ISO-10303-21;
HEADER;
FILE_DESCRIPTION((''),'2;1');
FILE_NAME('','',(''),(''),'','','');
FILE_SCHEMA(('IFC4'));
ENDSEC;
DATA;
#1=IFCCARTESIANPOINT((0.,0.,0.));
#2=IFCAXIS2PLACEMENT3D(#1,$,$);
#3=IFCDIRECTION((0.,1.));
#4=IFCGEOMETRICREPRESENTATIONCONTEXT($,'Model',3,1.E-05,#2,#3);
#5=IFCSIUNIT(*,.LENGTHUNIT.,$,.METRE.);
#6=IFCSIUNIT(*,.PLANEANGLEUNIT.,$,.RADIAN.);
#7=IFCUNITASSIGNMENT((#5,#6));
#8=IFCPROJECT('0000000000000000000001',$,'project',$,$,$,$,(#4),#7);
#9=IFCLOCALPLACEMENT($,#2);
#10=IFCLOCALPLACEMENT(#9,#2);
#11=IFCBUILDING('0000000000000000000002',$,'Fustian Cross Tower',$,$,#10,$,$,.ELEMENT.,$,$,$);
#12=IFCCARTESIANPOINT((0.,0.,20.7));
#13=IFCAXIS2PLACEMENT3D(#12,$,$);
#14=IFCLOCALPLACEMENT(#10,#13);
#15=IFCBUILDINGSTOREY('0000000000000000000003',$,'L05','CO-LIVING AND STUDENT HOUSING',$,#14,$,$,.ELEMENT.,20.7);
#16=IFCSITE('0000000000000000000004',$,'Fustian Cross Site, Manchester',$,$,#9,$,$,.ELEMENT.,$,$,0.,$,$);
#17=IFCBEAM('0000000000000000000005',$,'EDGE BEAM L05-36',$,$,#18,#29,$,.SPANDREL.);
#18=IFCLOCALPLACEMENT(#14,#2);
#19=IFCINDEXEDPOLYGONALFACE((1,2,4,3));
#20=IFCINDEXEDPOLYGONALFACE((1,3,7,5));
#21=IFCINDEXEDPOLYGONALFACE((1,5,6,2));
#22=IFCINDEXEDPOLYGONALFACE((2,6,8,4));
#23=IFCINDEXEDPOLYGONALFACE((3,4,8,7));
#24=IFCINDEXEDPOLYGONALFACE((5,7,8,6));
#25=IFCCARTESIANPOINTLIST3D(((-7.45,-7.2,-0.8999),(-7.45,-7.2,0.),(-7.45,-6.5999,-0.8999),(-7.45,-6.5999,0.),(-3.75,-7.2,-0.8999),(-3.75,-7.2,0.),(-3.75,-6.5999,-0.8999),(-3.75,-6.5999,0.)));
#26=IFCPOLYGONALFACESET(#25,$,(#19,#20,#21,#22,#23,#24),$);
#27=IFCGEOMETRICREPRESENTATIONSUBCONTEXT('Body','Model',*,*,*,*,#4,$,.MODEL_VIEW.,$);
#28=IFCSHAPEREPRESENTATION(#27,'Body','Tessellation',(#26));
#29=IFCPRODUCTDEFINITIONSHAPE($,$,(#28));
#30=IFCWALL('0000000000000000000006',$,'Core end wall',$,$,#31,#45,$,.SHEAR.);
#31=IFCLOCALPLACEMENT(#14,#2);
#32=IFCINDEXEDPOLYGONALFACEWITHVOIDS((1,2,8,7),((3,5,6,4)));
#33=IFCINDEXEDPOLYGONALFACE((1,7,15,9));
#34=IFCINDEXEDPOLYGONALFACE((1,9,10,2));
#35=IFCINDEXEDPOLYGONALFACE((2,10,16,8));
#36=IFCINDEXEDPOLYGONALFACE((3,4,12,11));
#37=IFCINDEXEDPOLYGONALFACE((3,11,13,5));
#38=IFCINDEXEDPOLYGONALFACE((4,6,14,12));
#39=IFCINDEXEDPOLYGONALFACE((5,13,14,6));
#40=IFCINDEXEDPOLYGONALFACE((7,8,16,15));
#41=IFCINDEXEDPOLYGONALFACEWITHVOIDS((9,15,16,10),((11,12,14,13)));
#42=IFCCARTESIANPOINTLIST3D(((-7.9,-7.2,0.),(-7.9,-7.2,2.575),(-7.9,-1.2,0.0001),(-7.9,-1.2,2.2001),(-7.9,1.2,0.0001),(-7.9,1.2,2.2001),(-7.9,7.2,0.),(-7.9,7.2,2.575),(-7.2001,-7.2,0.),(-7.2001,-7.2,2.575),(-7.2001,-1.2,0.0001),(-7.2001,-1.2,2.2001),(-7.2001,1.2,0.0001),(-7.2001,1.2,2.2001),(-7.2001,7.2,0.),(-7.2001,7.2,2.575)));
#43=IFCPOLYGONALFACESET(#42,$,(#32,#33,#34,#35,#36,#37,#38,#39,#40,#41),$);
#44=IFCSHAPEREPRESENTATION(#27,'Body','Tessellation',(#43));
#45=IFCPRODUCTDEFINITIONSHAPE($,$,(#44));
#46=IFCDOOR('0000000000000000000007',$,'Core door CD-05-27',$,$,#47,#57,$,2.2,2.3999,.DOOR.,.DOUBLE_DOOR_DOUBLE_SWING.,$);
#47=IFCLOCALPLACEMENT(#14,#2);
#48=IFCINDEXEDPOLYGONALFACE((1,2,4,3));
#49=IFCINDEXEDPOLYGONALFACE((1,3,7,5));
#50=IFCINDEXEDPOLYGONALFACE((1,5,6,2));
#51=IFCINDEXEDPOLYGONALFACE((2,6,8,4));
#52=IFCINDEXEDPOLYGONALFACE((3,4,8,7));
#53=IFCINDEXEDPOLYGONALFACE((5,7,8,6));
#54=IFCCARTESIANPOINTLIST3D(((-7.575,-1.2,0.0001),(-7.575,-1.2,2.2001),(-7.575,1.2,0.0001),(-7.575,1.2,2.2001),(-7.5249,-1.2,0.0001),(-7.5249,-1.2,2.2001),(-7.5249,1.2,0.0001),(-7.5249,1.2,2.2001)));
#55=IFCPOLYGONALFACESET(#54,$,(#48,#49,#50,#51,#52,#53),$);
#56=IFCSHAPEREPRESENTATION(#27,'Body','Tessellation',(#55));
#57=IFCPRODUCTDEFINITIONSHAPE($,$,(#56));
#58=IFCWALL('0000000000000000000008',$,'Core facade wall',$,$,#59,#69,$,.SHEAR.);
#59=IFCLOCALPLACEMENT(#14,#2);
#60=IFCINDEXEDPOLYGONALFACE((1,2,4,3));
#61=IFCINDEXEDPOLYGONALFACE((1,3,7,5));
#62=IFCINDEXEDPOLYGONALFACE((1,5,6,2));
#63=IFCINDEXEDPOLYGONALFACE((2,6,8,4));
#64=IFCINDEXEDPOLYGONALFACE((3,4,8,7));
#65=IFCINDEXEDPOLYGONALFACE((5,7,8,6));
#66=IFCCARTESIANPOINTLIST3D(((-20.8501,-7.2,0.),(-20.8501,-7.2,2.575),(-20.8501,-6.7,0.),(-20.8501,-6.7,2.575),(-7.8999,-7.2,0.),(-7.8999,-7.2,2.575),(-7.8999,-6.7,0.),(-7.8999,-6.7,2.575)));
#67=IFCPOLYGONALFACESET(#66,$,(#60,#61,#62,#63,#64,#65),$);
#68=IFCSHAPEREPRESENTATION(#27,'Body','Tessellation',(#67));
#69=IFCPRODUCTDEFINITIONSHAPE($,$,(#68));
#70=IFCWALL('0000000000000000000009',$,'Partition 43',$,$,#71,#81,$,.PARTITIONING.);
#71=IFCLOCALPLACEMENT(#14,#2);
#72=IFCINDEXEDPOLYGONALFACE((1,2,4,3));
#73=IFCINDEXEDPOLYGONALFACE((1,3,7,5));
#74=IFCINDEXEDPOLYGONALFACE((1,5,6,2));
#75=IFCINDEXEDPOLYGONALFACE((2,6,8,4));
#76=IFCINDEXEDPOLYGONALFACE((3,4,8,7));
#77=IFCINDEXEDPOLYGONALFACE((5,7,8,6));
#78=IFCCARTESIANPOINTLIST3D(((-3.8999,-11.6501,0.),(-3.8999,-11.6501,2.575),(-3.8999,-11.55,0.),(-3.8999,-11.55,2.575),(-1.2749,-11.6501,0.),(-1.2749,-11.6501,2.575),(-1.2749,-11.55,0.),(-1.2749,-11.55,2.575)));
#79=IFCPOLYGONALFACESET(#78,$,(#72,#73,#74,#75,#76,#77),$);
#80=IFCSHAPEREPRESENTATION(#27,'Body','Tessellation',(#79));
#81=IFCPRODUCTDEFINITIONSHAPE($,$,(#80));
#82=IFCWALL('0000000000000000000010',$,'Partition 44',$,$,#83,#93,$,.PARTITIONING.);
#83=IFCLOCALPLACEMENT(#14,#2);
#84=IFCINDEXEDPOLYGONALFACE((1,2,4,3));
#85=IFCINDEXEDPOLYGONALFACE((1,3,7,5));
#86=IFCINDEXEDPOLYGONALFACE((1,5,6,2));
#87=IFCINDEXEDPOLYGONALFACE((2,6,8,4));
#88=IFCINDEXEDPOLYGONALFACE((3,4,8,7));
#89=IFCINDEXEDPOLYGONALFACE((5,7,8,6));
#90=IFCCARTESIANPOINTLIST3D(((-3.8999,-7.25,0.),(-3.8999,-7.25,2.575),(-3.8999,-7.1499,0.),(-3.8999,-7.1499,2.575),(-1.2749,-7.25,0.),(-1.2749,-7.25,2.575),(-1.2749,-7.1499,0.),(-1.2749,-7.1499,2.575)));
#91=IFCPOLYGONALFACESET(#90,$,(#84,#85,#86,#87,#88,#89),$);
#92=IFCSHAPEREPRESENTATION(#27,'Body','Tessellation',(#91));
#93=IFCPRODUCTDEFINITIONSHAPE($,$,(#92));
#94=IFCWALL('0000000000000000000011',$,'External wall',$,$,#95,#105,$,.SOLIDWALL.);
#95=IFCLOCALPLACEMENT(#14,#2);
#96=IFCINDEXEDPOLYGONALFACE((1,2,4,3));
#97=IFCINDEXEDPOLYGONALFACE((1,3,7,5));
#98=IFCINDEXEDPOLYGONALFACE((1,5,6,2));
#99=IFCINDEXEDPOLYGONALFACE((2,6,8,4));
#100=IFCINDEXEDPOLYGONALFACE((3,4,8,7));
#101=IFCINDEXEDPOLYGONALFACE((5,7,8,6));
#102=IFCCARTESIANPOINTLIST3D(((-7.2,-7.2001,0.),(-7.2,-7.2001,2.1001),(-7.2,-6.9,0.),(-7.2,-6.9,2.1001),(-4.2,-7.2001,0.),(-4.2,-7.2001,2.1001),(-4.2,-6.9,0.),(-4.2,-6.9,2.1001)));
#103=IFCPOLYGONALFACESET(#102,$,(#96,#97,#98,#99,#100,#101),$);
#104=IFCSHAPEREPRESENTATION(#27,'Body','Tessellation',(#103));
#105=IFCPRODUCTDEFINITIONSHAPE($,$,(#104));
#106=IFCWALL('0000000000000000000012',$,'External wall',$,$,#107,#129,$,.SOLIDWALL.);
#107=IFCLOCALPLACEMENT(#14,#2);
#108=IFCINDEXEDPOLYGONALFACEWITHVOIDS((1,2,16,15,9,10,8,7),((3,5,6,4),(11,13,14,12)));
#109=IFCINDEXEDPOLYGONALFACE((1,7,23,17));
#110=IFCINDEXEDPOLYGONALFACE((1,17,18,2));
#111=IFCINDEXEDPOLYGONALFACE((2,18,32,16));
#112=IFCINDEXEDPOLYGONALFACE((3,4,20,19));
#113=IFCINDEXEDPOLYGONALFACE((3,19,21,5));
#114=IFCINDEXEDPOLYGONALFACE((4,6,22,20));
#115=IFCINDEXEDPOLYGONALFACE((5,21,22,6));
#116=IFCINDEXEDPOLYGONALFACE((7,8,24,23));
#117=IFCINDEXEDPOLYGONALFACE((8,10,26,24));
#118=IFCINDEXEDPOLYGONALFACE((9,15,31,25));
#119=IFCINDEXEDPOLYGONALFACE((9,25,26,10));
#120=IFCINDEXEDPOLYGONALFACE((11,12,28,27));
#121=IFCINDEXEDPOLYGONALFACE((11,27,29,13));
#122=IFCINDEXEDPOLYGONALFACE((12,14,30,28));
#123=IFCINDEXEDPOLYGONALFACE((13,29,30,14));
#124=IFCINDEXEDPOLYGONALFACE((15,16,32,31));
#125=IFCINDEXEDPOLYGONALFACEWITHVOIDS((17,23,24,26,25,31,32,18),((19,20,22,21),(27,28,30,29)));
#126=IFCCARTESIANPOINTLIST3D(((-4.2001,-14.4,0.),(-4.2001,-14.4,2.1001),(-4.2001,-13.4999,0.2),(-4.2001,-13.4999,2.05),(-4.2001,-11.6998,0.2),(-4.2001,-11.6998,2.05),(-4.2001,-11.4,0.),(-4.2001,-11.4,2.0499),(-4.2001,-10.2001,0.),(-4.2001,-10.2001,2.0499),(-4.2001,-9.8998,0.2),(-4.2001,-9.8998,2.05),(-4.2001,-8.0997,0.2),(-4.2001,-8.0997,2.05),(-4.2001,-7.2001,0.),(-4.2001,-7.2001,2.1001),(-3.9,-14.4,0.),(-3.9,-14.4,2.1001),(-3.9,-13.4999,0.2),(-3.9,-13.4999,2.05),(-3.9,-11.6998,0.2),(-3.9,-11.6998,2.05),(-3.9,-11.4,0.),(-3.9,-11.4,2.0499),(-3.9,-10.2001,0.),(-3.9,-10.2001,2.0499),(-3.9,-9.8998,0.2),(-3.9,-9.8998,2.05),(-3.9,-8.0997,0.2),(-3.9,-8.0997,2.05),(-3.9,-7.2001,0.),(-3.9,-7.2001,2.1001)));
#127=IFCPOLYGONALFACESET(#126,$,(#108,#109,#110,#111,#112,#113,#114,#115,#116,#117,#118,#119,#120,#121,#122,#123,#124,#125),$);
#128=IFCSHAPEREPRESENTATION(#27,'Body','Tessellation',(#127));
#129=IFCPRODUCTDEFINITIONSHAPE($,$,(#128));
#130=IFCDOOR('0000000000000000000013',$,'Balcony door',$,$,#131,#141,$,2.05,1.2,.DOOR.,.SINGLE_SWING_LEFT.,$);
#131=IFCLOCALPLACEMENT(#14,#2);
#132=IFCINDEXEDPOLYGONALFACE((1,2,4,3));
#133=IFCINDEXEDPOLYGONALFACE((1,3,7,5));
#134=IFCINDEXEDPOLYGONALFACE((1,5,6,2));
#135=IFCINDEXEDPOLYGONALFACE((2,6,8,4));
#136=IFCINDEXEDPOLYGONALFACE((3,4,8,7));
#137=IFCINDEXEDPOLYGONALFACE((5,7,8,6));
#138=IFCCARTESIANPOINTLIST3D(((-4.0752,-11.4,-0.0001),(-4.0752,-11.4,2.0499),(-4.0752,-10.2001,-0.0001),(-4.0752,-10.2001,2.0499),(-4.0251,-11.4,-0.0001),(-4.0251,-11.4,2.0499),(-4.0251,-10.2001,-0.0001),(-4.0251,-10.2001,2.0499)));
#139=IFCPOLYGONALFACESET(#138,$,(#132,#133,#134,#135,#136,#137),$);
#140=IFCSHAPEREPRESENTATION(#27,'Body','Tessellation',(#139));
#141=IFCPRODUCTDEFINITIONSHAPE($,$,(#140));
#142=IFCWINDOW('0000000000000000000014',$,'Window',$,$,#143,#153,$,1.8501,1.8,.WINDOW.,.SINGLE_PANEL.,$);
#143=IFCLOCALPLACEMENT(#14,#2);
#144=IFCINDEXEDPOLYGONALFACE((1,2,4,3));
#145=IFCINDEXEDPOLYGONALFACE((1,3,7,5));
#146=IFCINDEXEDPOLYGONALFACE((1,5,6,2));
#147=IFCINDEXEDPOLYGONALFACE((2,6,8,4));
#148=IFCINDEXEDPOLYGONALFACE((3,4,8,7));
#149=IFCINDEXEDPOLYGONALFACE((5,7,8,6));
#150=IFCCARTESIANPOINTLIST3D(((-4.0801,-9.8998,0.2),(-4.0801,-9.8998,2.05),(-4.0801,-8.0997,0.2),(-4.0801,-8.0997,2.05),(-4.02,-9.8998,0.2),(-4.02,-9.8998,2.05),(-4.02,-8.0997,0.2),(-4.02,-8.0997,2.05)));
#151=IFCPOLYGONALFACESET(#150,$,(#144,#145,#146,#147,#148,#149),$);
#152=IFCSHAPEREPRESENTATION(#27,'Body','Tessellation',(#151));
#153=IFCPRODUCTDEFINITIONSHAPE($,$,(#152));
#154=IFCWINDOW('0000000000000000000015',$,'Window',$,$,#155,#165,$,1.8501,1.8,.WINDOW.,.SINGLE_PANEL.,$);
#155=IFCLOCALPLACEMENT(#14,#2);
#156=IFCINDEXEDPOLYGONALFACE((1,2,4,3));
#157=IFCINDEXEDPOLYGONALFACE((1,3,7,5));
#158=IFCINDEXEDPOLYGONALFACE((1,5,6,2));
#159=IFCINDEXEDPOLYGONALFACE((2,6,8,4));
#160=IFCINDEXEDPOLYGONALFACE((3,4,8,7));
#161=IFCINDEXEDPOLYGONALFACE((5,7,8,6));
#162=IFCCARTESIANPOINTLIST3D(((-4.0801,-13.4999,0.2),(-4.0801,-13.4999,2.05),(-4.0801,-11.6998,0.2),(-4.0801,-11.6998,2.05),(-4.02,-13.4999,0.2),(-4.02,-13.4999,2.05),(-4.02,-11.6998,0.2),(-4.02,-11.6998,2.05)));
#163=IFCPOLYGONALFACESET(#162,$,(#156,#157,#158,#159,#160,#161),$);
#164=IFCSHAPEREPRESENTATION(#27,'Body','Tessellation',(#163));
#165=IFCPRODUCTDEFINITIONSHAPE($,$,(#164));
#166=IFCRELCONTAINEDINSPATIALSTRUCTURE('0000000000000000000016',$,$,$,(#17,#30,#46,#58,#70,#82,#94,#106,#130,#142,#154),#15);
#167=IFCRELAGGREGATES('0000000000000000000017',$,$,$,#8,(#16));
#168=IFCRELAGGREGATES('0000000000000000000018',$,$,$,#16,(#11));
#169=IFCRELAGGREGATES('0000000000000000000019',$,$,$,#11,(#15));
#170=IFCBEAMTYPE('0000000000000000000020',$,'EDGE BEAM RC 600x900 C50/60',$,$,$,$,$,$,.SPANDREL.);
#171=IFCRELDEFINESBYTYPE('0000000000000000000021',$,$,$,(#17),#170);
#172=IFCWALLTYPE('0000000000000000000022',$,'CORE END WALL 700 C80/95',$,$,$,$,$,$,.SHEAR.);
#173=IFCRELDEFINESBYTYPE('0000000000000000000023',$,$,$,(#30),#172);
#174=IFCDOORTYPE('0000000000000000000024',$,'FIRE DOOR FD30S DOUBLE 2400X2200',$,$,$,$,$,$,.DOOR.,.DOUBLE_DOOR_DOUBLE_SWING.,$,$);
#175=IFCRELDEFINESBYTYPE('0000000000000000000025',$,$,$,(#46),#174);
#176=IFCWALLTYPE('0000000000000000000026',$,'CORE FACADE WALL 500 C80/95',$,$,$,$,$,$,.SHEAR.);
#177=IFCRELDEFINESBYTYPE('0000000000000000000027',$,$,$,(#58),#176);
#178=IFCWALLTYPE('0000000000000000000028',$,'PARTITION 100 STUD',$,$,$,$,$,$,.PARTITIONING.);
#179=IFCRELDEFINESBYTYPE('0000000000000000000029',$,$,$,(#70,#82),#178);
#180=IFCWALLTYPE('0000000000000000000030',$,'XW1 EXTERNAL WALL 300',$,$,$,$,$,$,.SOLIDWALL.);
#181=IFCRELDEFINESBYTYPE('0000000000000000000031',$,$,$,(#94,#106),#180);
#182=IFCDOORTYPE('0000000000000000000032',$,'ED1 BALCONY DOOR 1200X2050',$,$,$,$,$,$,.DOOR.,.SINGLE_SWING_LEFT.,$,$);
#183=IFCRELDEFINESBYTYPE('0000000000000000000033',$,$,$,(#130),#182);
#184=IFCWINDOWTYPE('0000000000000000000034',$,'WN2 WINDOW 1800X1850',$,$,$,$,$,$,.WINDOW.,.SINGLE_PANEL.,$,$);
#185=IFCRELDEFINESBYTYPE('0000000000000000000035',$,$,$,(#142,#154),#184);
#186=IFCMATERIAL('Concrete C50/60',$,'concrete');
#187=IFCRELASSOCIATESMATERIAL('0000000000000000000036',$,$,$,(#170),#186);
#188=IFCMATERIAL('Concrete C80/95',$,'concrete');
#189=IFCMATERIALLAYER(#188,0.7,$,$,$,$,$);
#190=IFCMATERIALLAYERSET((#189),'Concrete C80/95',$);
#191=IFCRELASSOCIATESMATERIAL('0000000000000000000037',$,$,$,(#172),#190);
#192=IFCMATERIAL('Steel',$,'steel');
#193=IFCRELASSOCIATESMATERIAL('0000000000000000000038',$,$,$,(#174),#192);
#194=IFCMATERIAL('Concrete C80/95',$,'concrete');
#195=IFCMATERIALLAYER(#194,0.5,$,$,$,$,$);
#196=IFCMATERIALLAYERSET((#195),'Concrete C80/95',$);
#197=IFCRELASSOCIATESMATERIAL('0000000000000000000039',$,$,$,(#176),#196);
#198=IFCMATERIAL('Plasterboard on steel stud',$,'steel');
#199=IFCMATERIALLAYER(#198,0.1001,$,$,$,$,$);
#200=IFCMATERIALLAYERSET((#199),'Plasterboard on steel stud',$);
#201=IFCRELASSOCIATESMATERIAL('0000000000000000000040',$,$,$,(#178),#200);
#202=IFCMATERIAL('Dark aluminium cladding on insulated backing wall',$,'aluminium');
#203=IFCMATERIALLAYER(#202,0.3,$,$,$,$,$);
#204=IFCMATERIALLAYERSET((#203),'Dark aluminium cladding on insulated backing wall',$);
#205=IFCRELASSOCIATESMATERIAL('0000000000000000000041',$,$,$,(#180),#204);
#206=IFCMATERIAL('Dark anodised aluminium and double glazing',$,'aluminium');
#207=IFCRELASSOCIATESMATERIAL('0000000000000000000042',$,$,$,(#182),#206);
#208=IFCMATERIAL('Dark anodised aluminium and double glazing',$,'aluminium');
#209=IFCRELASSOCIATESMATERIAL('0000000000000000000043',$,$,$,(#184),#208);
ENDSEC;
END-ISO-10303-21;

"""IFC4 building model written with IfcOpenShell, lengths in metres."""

from ifc_helpers import new_model, si_unit, direction, frame, frame_2d, origin, origin_2d, place, context, subcontext, project, spatial, rectangle, extrude, material, layer, layer_set, material_profile, profile_set, type_object, element, fill, save


model = new_model("IFC4")

# Units and contexts
model_context = context("Model", 3, precision=1e-05, world=origin(), true_north=direction((0.0, 1.0)))
body_context = subcontext(model_context, "Body", "Model", "MODEL_VIEW")
ifc_project = project(units=[si_unit("LENGTHUNIT", "METRE"), si_unit("PLANEANGLEUNIT", "RADIAN")], contexts=[model_context])

# Site, building, storey
site_placement = place(None, origin())
site = spatial("IfcSite", under=ifc_project, at=site_placement, Name="Fustian Cross Site, Manchester", CompositionType="ELEMENT", RefElevation=0.0)
building_placement = place(site_placement, origin())
building = spatial("IfcBuilding", under=site, at=building_placement, Name="Fustian Cross Tower", CompositionType="ELEMENT")
storey_placement = place(building_placement, frame((0.0, 0.0, 20.7)))
storey = spatial("IfcBuildingStorey", under=building, at=storey_placement, Name="L05", Description="CO-LIVING AND STUDENT HOUSING", CompositionType="ELEMENT", Elevation=20.7)

# Beam
ifc_material_1 = material(Name="Concrete C50/60", Category="concrete")
ifc_material_profile = material_profile(ifc_material_1, rectangle(XDim=0.6001, YDim=0.8999, at=origin_2d()), Name="RC 600x900")
ifc_profile_set = profile_set([ifc_material_profile], Name="Concrete C50/60")
beam_type = type_object("IfcBeamType", Name="EDGE BEAM RC 600x900 C50/60", PredefinedType="SPANDREL", material=ifc_profile_set)
beam_placement = place(storey_placement, frame((-7.45, -6.8999, -0.45), z_axis=(1.0, 0.0, 0.0), x_axis=(0.0, 1.0, 0.0)))
element("IfcBeam", 1, at=beam_placement, inside=storey, type_object=beam_type, Name="EDGE BEAM L05-36", PredefinedType="SPANDREL", context=body_context, shape_type="SweptSolid", body=[
    extrude(rectangle(XDim=0.6001, YDim=0.8999, at=origin_2d()), origin(), (0.0, 0.0, 1.0), 3.7),
])

# Wall, opening, door
ifc_material_2 = material(Name="Concrete C80/95", Category="concrete")
ifc_layer_1 = layer(ifc_material_2, 0.7)
ifc_layer_set_1 = layer_set([ifc_layer_1], Name="Concrete C80/95")
wall_type_1 = type_object("IfcWallType", Name="CORE END WALL 700 C80/95", PredefinedType="SHEAR", material=ifc_layer_set_1)
wall_1_placement = place(storey_placement, frame((-7.55, -7.2, 0.0), z_axis=(0.0, 0.0, 1.0), x_axis=(0.0, 1.0, 0.0)))
wall_1 = element("IfcWall", 2, at=wall_1_placement, inside=storey, type_object=wall_type_1, Name="Core end wall", PredefinedType="SHEAR", context=body_context, shape_type="SweptSolid", body=[
    extrude(rectangle(XDim=14.3999, YDim=0.7, at=frame_2d((7.2, 0.0))), origin(), (0.0, 0.0, 1.0), 2.575),
])
opening_1_placement = place(wall_1_placement, frame((6.0, 0.0, 0.0)))
opening_1 = element("IfcOpeningElement", 3, at=opening_1_placement, cuts=wall_1, PredefinedType="OPENING", context=body_context, shape_type="SweptSolid", body=[
    extrude(rectangle(XDim=2.3999, YDim=2.2, at=frame_2d((1.2, 1.1001))), frame((0.0, 0.3599, 0.0), z_axis=(0.0, -1.0, 0.0), x_axis=(1.0, 0.0, 0.0)), (0.0, 0.0, 1.0), 0.72),
])
ifc_material_3 = material(Name="Steel", Category="steel")
door_type_1 = type_object("IfcDoorType", Name="FIRE DOOR FD30S DOUBLE 2400X2200", OperationType="DOUBLE_DOOR_DOUBLE_SWING", PredefinedType="DOOR", material=ifc_material_3)
door_1_placement = place(opening_1_placement, origin())
door_1 = element("IfcDoor", 4, at=door_1_placement, inside=storey, type_object=door_type_1, Name="Core door CD-05-27", OperationType="DOUBLE_DOOR_DOUBLE_SWING", OverallHeight=2.2, OverallWidth=2.3999, PredefinedType="DOOR", context=body_context, shape_type="SweptSolid", body=[
    extrude(rectangle(XDim=2.3999, YDim=2.2, at=frame_2d((1.2, 1.1001))), frame((0.0, 0.0249, 0.0), z_axis=(0.0, -1.0, 0.0), x_axis=(1.0, 0.0, 0.0)), (0.0, 0.0, 1.0), 0.05),
])
fill(opening_1, door_1)

# Walls
ifc_material_4 = material(Name="Concrete C80/95", Category="concrete")
ifc_layer_2 = layer(ifc_material_4, 0.5)
ifc_layer_set_2 = layer_set([ifc_layer_2], Name="Concrete C80/95")
wall_type_2 = type_object("IfcWallType", Name="CORE FACADE WALL 500 C80/95", PredefinedType="SHEAR", material=ifc_layer_set_2)
wall_2_placement = place(storey_placement, frame((-7.8999, -6.95, 0.0), z_axis=(0.0, 0.0, 1.0), x_axis=(-1.0, 0.0, 0.0)))
element("IfcWall", 5, at=wall_2_placement, inside=storey, type_object=wall_type_2, Name="Core facade wall", PredefinedType="SHEAR", context=body_context, shape_type="SweptSolid", body=[
    extrude(rectangle(XDim=12.9502, YDim=0.5, at=frame_2d((6.4751, 0.0))), origin(), (0.0, 0.0, 1.0), 2.575),
])
ifc_material_5 = material(Name="Plasterboard on steel stud", Category="steel")
ifc_layer_3 = layer(ifc_material_5, 0.1001)
ifc_layer_set_3 = layer_set([ifc_layer_3], Name="Plasterboard on steel stud")
wall_type_3 = type_object("IfcWallType", Name="PARTITION 100 STUD", PredefinedType="PARTITIONING", material=ifc_layer_set_3)
for number, where, z_axis, x_axis, name in (
    (6, (-3.8999, -11.6001, 0.0), (0.0, 0.0, 1.0), (1.0, 0.0, 0.0), "Partition 43"),
    (7, (-3.8999, -7.2, 0.0), (0.0, 0.0, 1.0), (1.0, 0.0, 0.0), "Partition 44"),
):
    element("IfcWall", number, at=place(storey_placement, frame(where, z_axis=z_axis, x_axis=x_axis)), inside=storey, type_object=wall_type_3, Name=name, PredefinedType="PARTITIONING", context=body_context, shape_type="SweptSolid", body=[
        extrude(rectangle(XDim=2.625, YDim=0.1001, at=frame_2d((1.3125, 0.0))), origin(), (0.0, 0.0, 1.0), 2.575),
    ])
ifc_material_6 = material(Name="Dark aluminium cladding on insulated backing wall", Category="aluminium")
ifc_layer_4 = layer(ifc_material_6, 0.3)
ifc_layer_set_4 = layer_set([ifc_layer_4], Name="Dark aluminium cladding on insulated backing wall")
wall_type_4 = type_object("IfcWallType", Name="XW1 EXTERNAL WALL 300", PredefinedType="SOLIDWALL", material=ifc_layer_set_4)
wall_3_placement = place(storey_placement, frame((-7.2, -7.05, 0.0), z_axis=(0.0, 0.0, 1.0), x_axis=(1.0, 0.0, 0.0)))
element("IfcWall", 8, at=wall_3_placement, inside=storey, type_object=wall_type_4, Name="External wall", PredefinedType="SOLIDWALL", context=body_context, shape_type="SweptSolid", body=[
    extrude(rectangle(XDim=3.0, YDim=0.3, at=frame_2d((1.5, 0.0))), origin(), (0.0, 0.0, 1.0), 2.1001),
])

# Wall, openings, door, windows
wall_4_placement = place(storey_placement, frame((-4.05, -7.2, 0.0), z_axis=(0.0, 0.0, 1.0), x_axis=(0.0, -1.0, 0.0)))
wall_4 = element("IfcWall", 9, at=wall_4_placement, inside=storey, type_object=wall_type_4, Name="External wall", PredefinedType="SOLIDWALL", context=body_context, shape_type="SweptSolid", body=[
    extrude(rectangle(XDim=7.2, YDim=0.3, at=frame_2d((3.6001, 0.0))), origin(), (0.0, 0.0, 1.0), 2.1001),
])
opening_2_placement = place(wall_4_placement, frame((3.0, 0.0, 0.0)))
opening_2 = element("IfcOpeningElement", 10, at=opening_2_placement, cuts=wall_4, PredefinedType="OPENING", context=body_context, shape_type="SweptSolid", body=[
    extrude(rectangle(XDim=1.2, YDim=2.05, at=frame_2d((0.6001, 1.0249))), frame((0.0, 0.1599, 0.0), z_axis=(0.0, -1.0, 0.0), x_axis=(1.0, 0.0, 0.0)), (0.0, 0.0, 1.0), 0.3201),
])
opening_3_placement = place(wall_4_placement, frame((0.8999, 0.0, 0.2)))
opening_3 = element("IfcOpeningElement", 11, at=opening_3_placement, cuts=wall_4, PredefinedType="OPENING", context=body_context, shape_type="SweptSolid", body=[
    extrude(rectangle(XDim=1.8, YDim=1.8501, at=frame_2d((0.8999, 0.925))), frame((0.0, 0.1599, 0.0), z_axis=(0.0, -1.0, 0.0), x_axis=(1.0, 0.0, 0.0)), (0.0, 0.0, 1.0), 0.3201),
])
opening_4_placement = place(wall_4_placement, frame((4.5, 0.0, 0.2)))
opening_4 = element("IfcOpeningElement", 12, at=opening_4_placement, cuts=wall_4, PredefinedType="OPENING", context=body_context, shape_type="SweptSolid", body=[
    extrude(rectangle(XDim=1.8, YDim=1.8501, at=frame_2d((0.8999, 0.925))), frame((0.0, 0.1599, 0.0), z_axis=(0.0, -1.0, 0.0), x_axis=(1.0, 0.0, 0.0)), (0.0, 0.0, 1.0), 0.3201),
])
ifc_material_7 = material(Name="Dark anodised aluminium and double glazing", Category="aluminium")
door_type_2 = type_object("IfcDoorType", Name="ED1 BALCONY DOOR 1200X2050", OperationType="SINGLE_SWING_LEFT", PredefinedType="DOOR", material=ifc_material_7)
door_2_placement = place(opening_2_placement, origin())
door_2 = element("IfcDoor", 13, at=door_2_placement, inside=storey, type_object=door_type_2, Name="Balcony door", OperationType="SINGLE_SWING_LEFT", OverallHeight=2.05, OverallWidth=1.2, PredefinedType="DOOR", context=body_context, shape_type="SweptSolid", body=[
    extrude(rectangle(XDim=1.2, YDim=2.05, at=frame_2d((0.6001, 1.0249))), frame((0.0, 0.0249, 0.0), z_axis=(0.0, -1.0, 0.0), x_axis=(1.0, 0.0, 0.0)), (0.0, 0.0, 1.0), 0.05),
])
fill(opening_2, door_2)
ifc_material_8 = material(Name="Dark anodised aluminium and double glazing", Category="aluminium")
window_type = type_object("IfcWindowType", Name="WN2 WINDOW 1800X1850", PartitioningType="SINGLE_PANEL", PredefinedType="WINDOW", material=ifc_material_8)
window_1_placement = place(opening_3_placement, origin())
window_1 = element("IfcWindow", 14, at=window_1_placement, inside=storey, type_object=window_type, Name="Window", OverallHeight=1.8501, OverallWidth=1.8, PartitioningType="SINGLE_PANEL", PredefinedType="WINDOW", context=body_context, shape_type="SweptSolid", body=[
    extrude(rectangle(XDim=1.8, YDim=1.8501, at=frame_2d((0.8999, 0.925))), frame((0.0, 0.03, 0.0), z_axis=(0.0, -1.0, 0.0), x_axis=(1.0, 0.0, 0.0)), (0.0, 0.0, 1.0), 0.0601),
])
fill(opening_3, window_1)
window_2_placement = place(opening_4_placement, origin())
window_2 = element("IfcWindow", 15, at=window_2_placement, inside=storey, type_object=window_type, Name="Window", OverallHeight=1.8501, OverallWidth=1.8, PartitioningType="SINGLE_PANEL", PredefinedType="WINDOW", context=body_context, shape_type="SweptSolid", body=[
    extrude(rectangle(XDim=1.8, YDim=1.8501, at=frame_2d((0.8999, 0.925))), frame((0.0, 0.03, 0.0), z_axis=(0.0, -1.0, 0.0), x_axis=(1.0, 0.0, 0.0)), (0.0, 0.0, 1.0), 0.0601),
])
fill(opening_4, window_2)

save(model, "model.ifc")
